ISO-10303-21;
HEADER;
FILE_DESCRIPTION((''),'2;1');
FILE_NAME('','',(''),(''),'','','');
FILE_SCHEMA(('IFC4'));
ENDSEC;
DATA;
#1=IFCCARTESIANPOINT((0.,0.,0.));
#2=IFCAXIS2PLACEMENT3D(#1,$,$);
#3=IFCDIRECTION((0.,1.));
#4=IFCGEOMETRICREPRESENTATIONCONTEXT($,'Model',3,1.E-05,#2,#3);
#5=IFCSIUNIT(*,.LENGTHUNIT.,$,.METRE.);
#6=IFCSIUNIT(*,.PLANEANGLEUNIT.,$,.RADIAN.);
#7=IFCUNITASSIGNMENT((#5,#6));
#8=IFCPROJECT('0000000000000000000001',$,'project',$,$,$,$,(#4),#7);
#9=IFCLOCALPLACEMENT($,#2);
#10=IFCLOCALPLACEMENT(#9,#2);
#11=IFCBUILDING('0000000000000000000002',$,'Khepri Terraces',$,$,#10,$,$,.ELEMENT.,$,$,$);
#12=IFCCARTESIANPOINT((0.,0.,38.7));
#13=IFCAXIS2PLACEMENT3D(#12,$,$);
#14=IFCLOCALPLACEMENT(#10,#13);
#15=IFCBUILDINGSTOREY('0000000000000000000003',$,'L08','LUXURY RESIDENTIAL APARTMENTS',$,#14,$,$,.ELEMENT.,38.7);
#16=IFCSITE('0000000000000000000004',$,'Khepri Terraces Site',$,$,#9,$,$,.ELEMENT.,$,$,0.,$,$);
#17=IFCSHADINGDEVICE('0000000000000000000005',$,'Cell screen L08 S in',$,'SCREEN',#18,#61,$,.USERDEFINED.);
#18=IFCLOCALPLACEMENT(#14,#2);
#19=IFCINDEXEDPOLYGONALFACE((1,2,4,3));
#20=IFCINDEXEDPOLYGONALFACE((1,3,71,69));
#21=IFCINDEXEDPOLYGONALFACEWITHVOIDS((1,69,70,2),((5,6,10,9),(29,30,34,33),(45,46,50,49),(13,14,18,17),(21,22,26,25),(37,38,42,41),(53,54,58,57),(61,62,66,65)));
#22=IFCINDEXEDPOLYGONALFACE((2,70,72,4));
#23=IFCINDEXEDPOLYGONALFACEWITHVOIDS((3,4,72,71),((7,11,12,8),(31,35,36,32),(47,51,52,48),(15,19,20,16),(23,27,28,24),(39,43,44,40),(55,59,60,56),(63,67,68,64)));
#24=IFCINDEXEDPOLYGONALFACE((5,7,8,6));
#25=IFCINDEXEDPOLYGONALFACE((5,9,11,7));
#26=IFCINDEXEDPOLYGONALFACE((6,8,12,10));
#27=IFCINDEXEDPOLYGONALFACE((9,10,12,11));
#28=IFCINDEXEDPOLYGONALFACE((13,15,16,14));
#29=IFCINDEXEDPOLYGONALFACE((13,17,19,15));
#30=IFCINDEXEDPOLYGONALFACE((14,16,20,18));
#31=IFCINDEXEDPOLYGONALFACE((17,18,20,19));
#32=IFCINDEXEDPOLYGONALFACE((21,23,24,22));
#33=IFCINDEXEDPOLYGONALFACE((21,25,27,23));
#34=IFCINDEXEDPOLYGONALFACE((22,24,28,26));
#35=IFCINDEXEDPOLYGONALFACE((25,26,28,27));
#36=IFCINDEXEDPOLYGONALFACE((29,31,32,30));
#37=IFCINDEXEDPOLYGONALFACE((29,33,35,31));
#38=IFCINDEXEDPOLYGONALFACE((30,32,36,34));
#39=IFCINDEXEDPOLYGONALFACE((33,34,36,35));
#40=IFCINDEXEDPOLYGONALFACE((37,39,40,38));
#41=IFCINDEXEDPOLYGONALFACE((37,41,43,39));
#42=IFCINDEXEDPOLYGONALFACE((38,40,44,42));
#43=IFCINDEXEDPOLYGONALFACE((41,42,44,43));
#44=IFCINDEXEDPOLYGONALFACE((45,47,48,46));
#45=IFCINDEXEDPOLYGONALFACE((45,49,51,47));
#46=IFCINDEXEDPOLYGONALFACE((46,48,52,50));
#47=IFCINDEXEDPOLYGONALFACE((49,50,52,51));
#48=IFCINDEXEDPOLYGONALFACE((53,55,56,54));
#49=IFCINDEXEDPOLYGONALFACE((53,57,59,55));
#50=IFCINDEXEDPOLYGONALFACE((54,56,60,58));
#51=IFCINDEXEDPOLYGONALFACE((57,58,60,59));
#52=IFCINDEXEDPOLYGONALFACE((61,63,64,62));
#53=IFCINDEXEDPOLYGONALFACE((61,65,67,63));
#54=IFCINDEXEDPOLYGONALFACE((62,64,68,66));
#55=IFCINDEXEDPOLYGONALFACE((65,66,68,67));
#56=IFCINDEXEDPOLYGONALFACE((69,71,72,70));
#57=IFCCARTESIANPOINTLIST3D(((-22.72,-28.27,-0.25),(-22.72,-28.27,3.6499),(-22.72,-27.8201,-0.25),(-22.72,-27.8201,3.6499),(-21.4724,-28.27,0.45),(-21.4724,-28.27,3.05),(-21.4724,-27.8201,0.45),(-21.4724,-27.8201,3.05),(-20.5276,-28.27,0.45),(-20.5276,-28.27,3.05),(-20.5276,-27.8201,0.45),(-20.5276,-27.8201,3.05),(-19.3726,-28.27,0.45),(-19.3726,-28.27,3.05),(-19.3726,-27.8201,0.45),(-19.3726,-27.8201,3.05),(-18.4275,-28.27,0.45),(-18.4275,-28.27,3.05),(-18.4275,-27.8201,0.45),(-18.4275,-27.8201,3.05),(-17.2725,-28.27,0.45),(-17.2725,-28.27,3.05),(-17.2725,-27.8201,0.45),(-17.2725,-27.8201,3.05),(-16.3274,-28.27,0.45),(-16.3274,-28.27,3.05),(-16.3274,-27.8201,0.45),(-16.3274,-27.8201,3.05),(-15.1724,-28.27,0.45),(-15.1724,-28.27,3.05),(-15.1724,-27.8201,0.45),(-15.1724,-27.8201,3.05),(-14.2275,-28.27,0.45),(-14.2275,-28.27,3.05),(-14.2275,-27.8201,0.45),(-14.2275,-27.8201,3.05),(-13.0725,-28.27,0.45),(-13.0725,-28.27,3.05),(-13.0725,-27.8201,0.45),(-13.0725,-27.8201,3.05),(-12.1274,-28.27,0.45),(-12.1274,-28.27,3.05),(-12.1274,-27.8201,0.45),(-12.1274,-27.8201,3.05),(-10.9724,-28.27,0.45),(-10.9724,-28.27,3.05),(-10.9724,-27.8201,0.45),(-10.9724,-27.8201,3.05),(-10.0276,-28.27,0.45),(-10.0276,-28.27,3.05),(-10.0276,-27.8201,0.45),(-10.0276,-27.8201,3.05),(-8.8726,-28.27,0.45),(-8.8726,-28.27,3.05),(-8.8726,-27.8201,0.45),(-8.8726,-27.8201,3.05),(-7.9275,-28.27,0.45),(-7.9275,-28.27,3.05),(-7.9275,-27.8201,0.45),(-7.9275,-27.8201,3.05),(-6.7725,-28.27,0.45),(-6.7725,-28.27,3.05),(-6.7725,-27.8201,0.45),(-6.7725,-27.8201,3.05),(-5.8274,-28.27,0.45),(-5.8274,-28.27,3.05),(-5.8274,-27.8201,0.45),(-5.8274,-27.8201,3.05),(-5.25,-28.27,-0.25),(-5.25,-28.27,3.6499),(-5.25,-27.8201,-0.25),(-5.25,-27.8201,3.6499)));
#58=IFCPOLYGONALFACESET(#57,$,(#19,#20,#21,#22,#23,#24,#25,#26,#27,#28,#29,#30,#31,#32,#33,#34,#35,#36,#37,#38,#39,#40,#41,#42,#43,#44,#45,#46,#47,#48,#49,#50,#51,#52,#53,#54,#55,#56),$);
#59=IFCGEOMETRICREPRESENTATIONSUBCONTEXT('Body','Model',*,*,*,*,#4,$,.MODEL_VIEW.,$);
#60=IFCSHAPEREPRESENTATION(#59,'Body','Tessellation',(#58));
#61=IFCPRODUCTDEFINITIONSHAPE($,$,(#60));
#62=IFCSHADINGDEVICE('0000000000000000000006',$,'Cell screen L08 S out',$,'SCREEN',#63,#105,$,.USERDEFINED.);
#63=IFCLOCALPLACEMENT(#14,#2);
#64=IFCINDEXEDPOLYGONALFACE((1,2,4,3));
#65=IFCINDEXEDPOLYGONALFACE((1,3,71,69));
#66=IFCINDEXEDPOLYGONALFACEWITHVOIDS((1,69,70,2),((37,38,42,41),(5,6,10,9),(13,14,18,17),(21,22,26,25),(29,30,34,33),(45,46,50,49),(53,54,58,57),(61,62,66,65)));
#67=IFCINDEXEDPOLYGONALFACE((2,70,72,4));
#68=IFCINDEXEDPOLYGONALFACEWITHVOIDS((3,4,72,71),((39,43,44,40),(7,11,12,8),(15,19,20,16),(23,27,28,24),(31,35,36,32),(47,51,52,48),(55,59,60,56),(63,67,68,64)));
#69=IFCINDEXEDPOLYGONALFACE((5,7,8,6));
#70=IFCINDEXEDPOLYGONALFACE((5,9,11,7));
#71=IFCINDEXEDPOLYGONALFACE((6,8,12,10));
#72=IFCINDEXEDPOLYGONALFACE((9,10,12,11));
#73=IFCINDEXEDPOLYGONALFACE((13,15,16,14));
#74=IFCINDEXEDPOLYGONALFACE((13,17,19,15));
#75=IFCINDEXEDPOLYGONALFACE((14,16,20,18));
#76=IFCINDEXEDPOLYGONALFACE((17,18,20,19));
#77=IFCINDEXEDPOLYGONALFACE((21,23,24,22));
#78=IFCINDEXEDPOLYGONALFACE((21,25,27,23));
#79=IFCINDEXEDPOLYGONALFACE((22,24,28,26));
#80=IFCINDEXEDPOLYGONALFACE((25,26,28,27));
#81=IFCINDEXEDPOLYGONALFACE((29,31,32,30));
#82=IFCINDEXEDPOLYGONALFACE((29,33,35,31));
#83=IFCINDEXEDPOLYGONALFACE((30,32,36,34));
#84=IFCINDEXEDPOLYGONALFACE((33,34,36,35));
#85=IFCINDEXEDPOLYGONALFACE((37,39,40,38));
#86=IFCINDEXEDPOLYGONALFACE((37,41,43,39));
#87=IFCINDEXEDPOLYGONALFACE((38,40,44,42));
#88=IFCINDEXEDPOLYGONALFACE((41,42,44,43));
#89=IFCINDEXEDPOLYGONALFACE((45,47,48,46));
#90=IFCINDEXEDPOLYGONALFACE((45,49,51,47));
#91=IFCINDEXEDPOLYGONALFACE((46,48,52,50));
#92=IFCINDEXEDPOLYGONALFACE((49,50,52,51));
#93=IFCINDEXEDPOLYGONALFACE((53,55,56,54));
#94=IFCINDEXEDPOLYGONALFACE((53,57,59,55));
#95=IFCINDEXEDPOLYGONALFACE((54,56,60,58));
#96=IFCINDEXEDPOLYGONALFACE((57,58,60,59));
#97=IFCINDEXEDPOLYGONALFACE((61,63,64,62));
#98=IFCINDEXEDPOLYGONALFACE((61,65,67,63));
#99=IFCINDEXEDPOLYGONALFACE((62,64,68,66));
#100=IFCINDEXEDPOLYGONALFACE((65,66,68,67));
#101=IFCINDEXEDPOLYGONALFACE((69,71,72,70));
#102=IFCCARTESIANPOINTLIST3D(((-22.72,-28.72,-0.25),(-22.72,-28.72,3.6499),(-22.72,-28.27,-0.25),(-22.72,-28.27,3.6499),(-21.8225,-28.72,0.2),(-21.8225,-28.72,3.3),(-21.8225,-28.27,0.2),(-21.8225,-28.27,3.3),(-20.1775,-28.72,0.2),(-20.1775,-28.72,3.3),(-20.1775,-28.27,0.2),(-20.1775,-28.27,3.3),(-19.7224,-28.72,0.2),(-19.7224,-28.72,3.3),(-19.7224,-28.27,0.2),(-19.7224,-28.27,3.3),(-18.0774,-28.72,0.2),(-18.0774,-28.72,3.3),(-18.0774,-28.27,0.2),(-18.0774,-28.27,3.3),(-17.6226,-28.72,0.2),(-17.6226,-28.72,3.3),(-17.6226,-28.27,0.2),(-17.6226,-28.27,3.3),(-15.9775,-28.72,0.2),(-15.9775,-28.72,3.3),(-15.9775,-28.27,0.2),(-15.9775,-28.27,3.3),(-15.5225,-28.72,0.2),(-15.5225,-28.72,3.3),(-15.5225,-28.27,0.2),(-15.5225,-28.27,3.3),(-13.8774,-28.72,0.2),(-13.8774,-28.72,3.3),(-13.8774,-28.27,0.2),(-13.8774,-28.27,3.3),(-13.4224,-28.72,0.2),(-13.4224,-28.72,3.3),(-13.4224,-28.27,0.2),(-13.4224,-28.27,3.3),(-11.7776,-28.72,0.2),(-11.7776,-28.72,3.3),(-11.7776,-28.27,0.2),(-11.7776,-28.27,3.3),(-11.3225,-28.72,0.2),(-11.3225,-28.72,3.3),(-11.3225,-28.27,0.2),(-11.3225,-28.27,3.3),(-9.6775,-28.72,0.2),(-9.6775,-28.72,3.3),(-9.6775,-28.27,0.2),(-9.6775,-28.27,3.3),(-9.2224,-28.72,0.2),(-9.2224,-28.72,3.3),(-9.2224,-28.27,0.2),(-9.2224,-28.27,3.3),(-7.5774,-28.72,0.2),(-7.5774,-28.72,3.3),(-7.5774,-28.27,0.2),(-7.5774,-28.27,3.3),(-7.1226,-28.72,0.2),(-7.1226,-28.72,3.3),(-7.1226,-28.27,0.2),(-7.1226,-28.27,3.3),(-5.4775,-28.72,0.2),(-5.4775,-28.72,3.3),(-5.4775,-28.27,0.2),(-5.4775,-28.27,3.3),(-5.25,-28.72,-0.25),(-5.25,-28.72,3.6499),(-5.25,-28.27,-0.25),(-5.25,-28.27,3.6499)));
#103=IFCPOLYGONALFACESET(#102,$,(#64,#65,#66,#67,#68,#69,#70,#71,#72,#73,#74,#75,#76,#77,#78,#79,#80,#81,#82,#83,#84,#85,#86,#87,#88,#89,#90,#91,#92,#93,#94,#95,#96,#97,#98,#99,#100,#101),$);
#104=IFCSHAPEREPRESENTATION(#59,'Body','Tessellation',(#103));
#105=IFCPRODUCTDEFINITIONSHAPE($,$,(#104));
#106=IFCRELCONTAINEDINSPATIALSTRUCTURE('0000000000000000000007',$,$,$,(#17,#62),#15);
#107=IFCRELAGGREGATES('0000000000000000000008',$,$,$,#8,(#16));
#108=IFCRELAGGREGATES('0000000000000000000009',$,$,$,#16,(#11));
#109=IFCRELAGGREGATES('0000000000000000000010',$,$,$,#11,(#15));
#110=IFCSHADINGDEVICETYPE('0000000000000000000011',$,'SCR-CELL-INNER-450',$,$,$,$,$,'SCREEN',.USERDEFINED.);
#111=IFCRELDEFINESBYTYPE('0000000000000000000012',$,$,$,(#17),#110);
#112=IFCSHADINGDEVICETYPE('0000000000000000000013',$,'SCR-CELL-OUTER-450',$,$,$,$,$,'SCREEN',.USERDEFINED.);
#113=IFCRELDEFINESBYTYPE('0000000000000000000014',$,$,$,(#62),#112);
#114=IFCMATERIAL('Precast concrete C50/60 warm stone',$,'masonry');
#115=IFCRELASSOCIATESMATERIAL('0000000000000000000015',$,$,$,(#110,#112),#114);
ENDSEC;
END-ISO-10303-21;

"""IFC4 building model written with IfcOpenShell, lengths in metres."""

from ifc_helpers import new_model, si_unit, direction, frame, origin, place, context, subcontext, project, spatial, polyline, outline, extrude, material, type_object, element, save


model = new_model("IFC4")

# Units and contexts
model_context = context("Model", 3, precision=1e-05, world=origin(), true_north=direction((0.0, 1.0)))
body_context = subcontext(model_context, "Body", "Model", "MODEL_VIEW")
ifc_project = project(units=[si_unit("LENGTHUNIT", "METRE"), si_unit("PLANEANGLEUNIT", "RADIAN")], contexts=[model_context])

# Site, building, storey
site_placement = place(None, origin())
site = spatial("IfcSite", under=ifc_project, at=site_placement, Name="Khepri Terraces Site", CompositionType="ELEMENT", RefElevation=0.0)
building_placement = place(site_placement, origin())
building = spatial("IfcBuilding", under=site, at=building_placement, Name="Khepri Terraces", CompositionType="ELEMENT")
storey_placement = place(building_placement, frame((0.0, 0.0, 38.7)))
storey = spatial("IfcBuildingStorey", under=building, at=storey_placement, Name="L08", Description="LUXURY RESIDENTIAL APARTMENTS", CompositionType="ELEMENT", Elevation=38.7)

# Shared definitions
ifc_material_1 = material(Name="Precast concrete C50/60 warm stone", Category="masonry")

# Shading devices
shading_device_type_1 = type_object("IfcShadingDeviceType", Name="SCR-CELL-INNER-450", ElementType="SCREEN", PredefinedType="USERDEFINED", material=ifc_material_1)
shading_device_1_placement = place(storey_placement, frame((-22.72, -27.8201, -0.25), z_axis=(0.0, -1.0, 0.0), x_axis=(1.0, 0.0, 0.0)))
element("IfcShadingDevice", 1, at=shading_device_1_placement, inside=storey, type_object=shading_device_type_1, Name="Cell screen L08 S in", ObjectType="SCREEN", PredefinedType="USERDEFINED", context=body_context, shape_type="SweptSolid", body=[
    extrude(outline(polyline([(0.0, 0.0), (17.47, 0.0), (17.47, 3.8999), (0.0, 3.8999), (0.0, 0.0)]), holes=[polyline([(1.2476, 0.7), (2.1924, 0.7), (2.1924, 3.3), (1.2476, 3.3), (1.2476, 0.7)]), polyline([(3.3474, 0.7), (4.2925, 0.7), (4.2925, 3.3), (3.3474, 3.3), (3.3474, 0.7)]), polyline([(5.4475, 0.7), (6.3926, 0.7), (6.3926, 3.3), (5.4475, 3.3), (5.4475, 0.7)]), polyline([(7.5476, 0.7), (8.4924, 0.7), (8.4924, 3.3), (7.5476, 3.3), (7.5476, 0.7)]), polyline([(9.6475, 0.7), (10.5925, 0.7), (10.5925, 3.3), (9.6475, 3.3), (9.6475, 0.7)]), polyline([(11.7476, 0.7), (12.6924, 0.7), (12.6924, 3.3), (11.7476, 3.3), (11.7476, 0.7)]), polyline([(13.8474, 0.7), (14.7925, 0.7), (14.7925, 3.3), (13.8474, 3.3), (13.8474, 0.7)]), polyline([(15.9475, 0.7), (16.8926, 0.7), (16.8926, 3.3), (15.9475, 3.3), (15.9475, 0.7)])]), origin(), (0.0, 0.0, 1.0), 0.45),
])
shading_device_type_2 = type_object("IfcShadingDeviceType", Name="SCR-CELL-OUTER-450", ElementType="SCREEN", PredefinedType="USERDEFINED", material=ifc_material_1)
shading_device_2_placement = place(storey_placement, frame((-22.72, -28.27, -0.25), z_axis=(0.0, -1.0, 0.0), x_axis=(1.0, 0.0, 0.0)))
element("IfcShadingDevice", 2, at=shading_device_2_placement, inside=storey, type_object=shading_device_type_2, Name="Cell screen L08 S out", ObjectType="SCREEN", PredefinedType="USERDEFINED", context=body_context, shape_type="SweptSolid", body=[
    extrude(outline(polyline([(0.0, 0.0), (17.47, 0.0), (17.47, 3.8999), (0.0, 3.8999), (0.0, 0.0)]), holes=[polyline([(0.8975, 0.45), (2.5425, 0.45), (2.5425, 3.55), (0.8975, 3.55), (0.8975, 0.45)]), polyline([(2.9976, 0.45), (4.6426, 0.45), (4.6426, 3.55), (2.9976, 3.55), (2.9976, 0.45)]), polyline([(5.0974, 0.45), (6.7424, 0.45), (6.7424, 3.55), (5.0974, 3.55), (5.0974, 0.45)]), polyline([(7.1975, 0.45), (8.8425, 0.45), (8.8425, 3.55), (7.1975, 3.55), (7.1975, 0.45)]), polyline([(9.2976, 0.45), (10.9424, 0.45), (10.9424, 3.55), (9.2976, 3.55), (9.2976, 0.45)]), polyline([(11.3975, 0.45), (13.0425, 0.45), (13.0425, 3.55), (11.3975, 3.55), (11.3975, 0.45)]), polyline([(13.4976, 0.45), (15.1426, 0.45), (15.1426, 3.55), (13.4976, 3.55), (13.4976, 0.45)]), polyline([(15.5974, 0.45), (17.2424, 0.45), (17.2424, 3.55), (15.5974, 3.55), (15.5974, 0.45)])]), origin(), (0.0, 0.0, 1.0), 0.45),
])

save(model, "model.ifc")
